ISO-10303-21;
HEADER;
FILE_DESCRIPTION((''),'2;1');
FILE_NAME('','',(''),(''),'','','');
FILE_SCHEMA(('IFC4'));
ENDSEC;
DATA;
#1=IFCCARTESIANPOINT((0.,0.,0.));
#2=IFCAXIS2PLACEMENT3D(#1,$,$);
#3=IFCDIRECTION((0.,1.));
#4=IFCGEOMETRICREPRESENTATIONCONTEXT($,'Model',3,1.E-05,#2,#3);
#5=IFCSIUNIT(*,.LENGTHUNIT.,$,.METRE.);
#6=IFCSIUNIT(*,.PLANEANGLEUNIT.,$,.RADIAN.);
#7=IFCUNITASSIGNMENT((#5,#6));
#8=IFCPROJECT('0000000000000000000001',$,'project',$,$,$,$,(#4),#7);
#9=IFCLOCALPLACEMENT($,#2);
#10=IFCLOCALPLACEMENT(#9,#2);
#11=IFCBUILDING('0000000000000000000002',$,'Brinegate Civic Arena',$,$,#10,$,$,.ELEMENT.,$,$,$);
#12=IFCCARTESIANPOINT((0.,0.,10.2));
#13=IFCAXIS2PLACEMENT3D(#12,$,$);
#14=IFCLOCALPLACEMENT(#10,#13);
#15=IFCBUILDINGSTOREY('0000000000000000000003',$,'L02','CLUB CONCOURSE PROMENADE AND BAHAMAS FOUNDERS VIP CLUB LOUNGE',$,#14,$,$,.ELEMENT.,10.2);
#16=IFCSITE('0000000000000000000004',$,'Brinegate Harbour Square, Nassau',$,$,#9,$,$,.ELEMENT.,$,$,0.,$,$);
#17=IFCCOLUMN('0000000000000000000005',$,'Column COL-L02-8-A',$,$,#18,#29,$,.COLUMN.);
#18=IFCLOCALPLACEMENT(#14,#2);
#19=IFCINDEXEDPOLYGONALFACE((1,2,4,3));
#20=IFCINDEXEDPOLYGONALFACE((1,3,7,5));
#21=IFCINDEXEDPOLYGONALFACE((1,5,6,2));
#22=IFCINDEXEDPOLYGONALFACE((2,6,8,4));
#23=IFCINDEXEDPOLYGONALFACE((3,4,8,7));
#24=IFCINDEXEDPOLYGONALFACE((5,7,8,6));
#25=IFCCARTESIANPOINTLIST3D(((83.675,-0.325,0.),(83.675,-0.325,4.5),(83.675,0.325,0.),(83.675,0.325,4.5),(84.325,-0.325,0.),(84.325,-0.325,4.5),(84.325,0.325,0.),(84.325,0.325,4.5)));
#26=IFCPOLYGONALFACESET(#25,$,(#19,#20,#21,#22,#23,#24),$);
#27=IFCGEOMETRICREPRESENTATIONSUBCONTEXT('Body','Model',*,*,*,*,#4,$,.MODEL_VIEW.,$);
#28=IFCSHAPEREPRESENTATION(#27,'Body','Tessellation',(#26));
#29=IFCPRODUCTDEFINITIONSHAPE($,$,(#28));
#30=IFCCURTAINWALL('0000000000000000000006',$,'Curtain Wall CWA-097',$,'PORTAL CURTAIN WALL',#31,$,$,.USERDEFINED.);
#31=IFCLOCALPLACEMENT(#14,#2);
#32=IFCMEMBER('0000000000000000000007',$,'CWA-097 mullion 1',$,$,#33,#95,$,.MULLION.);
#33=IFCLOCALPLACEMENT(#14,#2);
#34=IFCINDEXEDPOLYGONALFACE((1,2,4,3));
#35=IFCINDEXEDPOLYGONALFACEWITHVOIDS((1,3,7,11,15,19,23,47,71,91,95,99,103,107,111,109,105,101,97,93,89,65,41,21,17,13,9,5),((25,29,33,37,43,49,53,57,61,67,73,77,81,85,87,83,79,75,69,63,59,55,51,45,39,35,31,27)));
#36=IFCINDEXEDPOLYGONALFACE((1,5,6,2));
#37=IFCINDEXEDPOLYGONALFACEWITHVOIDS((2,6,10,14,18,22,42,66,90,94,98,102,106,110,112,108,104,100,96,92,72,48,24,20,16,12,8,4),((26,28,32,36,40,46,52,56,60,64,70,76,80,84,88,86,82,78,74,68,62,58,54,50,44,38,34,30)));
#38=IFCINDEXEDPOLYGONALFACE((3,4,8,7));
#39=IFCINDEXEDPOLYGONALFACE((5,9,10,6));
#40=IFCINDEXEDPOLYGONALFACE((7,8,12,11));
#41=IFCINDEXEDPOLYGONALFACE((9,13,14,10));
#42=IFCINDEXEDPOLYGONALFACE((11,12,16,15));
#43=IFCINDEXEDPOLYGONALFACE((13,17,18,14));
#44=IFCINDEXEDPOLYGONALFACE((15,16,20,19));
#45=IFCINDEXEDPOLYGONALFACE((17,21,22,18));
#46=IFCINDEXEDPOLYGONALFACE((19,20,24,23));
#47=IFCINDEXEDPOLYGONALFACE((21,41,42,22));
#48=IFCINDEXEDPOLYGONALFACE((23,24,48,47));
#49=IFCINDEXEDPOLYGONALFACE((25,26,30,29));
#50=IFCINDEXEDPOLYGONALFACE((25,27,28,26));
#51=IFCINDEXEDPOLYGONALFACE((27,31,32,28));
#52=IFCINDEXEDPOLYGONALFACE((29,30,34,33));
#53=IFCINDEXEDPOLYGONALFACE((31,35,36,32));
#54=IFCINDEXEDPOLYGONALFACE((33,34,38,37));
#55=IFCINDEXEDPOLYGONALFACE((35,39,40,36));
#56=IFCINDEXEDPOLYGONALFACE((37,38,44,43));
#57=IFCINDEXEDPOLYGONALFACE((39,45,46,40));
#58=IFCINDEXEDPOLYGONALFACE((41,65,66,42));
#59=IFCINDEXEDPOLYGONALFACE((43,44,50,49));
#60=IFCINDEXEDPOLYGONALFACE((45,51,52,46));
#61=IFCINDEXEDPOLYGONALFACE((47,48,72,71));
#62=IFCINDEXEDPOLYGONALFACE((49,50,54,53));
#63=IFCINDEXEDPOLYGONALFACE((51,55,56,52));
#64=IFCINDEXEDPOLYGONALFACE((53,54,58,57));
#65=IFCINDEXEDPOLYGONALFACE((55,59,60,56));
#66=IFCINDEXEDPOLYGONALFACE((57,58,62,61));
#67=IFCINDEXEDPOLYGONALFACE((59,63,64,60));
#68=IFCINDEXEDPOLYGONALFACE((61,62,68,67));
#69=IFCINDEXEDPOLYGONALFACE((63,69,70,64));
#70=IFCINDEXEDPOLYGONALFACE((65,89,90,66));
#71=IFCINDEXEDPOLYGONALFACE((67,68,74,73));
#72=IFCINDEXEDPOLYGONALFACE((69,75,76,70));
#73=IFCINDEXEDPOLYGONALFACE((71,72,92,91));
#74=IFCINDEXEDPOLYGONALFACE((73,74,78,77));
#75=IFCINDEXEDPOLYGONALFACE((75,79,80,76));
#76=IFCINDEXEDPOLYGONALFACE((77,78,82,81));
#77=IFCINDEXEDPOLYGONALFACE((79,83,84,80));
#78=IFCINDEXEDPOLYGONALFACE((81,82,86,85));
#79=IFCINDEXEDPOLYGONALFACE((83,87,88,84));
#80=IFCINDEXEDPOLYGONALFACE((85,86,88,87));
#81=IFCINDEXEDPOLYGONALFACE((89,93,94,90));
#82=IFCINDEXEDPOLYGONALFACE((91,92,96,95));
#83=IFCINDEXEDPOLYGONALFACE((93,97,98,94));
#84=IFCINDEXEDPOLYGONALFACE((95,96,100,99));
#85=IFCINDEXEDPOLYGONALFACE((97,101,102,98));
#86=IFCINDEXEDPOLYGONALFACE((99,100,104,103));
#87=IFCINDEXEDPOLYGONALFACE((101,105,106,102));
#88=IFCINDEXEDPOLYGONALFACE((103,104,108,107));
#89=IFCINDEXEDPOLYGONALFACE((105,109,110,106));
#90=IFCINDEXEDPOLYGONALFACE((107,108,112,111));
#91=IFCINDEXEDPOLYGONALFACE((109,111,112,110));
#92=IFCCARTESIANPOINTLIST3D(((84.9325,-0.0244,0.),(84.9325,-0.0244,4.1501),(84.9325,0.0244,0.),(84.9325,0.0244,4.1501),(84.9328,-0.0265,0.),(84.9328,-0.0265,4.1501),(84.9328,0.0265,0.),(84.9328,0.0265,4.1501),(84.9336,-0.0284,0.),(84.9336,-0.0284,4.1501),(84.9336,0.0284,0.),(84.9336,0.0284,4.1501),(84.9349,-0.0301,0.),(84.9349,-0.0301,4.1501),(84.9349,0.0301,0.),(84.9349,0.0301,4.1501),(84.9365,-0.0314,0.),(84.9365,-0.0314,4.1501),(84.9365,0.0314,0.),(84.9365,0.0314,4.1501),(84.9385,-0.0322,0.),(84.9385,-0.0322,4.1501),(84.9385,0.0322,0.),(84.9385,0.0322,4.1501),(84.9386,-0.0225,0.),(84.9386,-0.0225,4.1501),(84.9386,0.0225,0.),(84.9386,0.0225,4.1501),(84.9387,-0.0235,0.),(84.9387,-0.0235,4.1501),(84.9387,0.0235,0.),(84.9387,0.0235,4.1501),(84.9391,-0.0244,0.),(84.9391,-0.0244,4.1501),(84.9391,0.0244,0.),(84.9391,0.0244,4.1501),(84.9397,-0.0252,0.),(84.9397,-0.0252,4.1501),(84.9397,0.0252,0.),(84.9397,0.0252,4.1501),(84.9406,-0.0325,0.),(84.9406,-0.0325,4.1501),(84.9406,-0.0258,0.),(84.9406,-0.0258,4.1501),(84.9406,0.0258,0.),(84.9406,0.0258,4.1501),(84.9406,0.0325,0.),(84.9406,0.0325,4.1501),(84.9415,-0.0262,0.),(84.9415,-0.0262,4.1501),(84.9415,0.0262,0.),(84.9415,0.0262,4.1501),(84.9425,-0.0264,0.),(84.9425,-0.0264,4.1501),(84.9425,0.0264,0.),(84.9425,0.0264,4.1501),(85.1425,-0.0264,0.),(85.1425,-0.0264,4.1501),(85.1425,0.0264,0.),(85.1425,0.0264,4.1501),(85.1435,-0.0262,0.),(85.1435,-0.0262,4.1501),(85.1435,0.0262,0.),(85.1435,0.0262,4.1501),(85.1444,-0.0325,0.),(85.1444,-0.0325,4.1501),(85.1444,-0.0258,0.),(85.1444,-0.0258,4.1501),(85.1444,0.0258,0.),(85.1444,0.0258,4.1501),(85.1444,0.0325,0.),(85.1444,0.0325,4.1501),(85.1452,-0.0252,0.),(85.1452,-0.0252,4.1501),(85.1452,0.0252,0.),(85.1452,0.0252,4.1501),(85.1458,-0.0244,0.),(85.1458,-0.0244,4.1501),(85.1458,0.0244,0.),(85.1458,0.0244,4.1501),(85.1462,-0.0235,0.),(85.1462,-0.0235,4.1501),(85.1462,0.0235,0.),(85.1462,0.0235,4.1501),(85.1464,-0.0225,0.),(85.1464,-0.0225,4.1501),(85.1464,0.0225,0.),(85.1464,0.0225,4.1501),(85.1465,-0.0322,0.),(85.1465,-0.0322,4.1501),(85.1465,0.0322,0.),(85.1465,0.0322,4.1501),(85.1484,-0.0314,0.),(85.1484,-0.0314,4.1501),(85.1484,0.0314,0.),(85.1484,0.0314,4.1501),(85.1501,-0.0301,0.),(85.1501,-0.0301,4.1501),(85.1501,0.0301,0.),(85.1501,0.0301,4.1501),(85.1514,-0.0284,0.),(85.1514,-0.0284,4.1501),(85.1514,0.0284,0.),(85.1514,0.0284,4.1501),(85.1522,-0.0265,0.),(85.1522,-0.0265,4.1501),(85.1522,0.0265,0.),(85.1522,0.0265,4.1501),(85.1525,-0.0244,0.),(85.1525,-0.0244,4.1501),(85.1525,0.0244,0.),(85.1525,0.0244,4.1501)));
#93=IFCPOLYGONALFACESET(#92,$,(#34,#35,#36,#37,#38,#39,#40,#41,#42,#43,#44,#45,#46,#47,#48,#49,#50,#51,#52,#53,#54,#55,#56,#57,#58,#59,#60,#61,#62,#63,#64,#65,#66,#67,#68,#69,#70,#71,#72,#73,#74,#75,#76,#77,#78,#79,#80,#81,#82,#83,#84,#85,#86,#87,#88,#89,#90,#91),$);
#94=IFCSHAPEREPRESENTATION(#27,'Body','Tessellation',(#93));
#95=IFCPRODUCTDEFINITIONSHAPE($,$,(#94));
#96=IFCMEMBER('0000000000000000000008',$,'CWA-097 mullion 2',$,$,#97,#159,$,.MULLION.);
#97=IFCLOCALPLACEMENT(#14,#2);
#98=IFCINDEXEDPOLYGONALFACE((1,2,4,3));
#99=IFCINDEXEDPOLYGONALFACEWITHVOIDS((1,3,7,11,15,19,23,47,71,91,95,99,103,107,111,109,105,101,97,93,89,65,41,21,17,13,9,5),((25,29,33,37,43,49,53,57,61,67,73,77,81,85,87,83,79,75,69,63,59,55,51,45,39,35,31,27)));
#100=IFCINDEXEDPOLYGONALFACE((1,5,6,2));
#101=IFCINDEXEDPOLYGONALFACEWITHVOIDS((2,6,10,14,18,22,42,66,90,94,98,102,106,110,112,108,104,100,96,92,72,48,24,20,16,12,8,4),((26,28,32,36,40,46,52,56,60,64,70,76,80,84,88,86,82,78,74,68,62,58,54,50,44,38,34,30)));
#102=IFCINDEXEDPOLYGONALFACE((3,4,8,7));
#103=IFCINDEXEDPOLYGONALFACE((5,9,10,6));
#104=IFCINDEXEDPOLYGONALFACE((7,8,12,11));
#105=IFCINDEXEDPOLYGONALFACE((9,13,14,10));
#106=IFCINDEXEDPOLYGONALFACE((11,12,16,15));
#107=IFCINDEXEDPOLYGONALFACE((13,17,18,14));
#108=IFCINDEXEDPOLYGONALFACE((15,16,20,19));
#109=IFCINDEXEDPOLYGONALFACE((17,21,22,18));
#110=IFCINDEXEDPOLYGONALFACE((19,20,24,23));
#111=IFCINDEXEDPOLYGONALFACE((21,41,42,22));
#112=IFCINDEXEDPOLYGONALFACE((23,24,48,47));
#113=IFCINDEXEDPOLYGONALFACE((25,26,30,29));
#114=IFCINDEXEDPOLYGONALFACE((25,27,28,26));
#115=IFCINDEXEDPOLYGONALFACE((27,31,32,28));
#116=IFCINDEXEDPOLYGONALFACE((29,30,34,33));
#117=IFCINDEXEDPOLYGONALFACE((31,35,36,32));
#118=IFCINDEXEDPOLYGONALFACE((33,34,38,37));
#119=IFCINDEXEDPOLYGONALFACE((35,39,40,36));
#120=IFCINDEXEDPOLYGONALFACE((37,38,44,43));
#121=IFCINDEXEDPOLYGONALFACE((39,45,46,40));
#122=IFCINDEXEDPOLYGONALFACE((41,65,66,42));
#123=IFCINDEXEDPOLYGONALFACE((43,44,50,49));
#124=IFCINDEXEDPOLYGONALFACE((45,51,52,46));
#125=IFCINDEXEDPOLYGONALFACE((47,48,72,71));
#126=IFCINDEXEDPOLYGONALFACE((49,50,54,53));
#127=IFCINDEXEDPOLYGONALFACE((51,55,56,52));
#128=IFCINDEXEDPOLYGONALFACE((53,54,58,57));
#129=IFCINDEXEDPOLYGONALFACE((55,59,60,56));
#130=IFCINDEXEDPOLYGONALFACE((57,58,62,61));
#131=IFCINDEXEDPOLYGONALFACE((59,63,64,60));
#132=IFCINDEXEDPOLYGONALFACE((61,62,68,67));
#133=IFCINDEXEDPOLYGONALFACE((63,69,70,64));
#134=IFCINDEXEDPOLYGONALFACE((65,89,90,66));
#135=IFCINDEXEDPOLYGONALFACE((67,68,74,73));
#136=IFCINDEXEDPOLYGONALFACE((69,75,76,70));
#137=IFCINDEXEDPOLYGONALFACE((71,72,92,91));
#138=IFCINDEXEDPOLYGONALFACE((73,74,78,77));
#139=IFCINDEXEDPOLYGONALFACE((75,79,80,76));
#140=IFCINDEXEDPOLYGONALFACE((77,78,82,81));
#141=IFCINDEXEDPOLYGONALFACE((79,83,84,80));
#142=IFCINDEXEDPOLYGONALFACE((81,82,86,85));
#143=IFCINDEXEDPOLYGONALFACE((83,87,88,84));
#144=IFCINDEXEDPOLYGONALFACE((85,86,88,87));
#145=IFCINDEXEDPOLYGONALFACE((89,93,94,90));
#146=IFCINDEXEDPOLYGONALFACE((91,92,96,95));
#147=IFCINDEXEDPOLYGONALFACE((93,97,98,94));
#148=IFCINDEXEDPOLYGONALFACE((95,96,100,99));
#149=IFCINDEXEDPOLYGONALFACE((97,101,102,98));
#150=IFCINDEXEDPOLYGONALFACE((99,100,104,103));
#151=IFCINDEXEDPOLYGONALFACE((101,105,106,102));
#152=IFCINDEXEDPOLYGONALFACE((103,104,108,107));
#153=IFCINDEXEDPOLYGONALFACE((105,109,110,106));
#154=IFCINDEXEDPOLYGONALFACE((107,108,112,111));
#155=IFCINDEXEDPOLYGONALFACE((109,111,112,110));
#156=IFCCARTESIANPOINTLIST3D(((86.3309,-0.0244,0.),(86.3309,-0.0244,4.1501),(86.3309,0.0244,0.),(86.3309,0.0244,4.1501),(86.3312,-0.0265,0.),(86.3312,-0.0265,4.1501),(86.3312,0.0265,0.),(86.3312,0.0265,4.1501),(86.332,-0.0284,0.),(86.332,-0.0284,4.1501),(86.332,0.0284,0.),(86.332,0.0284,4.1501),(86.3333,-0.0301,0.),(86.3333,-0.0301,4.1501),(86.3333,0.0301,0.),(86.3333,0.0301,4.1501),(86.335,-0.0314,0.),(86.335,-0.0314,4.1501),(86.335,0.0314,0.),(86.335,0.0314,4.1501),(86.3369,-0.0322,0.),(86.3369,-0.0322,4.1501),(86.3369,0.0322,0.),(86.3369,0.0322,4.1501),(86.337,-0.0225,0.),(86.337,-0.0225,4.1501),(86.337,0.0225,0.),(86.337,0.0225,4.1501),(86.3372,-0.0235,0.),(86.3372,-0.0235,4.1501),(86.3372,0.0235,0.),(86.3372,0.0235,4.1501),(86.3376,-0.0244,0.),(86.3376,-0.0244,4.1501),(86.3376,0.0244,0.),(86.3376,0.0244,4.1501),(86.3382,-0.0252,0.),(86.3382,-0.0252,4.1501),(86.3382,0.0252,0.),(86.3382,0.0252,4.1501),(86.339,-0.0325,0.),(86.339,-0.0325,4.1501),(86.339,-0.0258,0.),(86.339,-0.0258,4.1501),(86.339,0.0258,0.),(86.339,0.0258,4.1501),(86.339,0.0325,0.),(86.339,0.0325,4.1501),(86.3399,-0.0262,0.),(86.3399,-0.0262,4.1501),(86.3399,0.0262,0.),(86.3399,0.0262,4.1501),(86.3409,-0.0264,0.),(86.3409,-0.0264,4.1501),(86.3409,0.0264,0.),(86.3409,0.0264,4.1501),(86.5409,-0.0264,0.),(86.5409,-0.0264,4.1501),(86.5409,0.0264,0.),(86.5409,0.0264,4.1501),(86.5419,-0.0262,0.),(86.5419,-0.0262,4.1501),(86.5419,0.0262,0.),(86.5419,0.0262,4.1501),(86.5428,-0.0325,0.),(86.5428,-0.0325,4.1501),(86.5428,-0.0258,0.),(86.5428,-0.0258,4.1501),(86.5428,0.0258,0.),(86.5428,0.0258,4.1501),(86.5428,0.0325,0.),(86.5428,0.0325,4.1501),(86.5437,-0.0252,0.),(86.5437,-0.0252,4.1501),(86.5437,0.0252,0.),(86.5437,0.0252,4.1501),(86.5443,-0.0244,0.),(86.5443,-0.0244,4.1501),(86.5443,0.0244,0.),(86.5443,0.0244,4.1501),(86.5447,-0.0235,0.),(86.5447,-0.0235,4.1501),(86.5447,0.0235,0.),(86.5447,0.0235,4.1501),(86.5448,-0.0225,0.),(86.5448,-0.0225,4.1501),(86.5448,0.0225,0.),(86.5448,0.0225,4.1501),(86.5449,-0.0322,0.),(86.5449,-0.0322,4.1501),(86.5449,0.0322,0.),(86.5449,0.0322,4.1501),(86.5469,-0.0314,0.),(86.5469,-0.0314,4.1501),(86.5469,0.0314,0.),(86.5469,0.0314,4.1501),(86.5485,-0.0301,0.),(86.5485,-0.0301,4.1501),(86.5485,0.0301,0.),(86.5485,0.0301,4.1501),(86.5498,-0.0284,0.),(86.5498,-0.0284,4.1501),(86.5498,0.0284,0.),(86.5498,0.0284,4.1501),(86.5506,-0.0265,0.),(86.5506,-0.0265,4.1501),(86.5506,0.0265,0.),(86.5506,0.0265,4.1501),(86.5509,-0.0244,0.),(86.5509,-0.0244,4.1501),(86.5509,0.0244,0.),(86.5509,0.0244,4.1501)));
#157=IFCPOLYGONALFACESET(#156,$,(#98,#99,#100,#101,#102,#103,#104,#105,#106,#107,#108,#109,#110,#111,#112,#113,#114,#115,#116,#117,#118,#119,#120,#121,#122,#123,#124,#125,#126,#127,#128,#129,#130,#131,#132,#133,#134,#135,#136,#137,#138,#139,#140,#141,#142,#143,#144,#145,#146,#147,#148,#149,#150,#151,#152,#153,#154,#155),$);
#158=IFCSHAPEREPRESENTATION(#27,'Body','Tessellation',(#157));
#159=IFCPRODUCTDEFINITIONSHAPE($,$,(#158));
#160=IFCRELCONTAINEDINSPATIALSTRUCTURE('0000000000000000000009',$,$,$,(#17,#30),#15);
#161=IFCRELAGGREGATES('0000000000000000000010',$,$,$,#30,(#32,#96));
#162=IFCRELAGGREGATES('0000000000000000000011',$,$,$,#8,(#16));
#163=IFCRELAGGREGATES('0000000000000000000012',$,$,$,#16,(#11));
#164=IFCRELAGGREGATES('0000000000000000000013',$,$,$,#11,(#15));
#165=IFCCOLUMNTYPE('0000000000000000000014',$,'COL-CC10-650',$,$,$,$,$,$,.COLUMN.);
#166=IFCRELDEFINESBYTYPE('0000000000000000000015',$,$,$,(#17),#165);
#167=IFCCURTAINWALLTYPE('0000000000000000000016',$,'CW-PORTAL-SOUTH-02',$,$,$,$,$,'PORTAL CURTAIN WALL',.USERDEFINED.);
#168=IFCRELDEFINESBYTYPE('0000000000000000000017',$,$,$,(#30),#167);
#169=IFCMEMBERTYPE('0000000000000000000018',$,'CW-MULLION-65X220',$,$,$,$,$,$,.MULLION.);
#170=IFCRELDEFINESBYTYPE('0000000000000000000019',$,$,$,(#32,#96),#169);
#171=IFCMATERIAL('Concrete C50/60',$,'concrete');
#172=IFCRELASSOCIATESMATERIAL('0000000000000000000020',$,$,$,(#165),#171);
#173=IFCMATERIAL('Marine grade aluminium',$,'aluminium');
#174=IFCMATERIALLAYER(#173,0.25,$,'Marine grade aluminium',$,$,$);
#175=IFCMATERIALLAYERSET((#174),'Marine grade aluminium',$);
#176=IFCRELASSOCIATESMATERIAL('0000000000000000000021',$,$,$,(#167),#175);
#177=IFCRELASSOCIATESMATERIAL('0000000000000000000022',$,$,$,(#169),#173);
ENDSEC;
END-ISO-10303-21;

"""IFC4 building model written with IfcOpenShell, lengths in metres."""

from ifc_helpers import new_model, si_unit, direction, frame, origin, origin_2d, place, context, subcontext, project, spatial, rectangle, hollow_rectangle, extrude, material, layer, layer_set, material_profile, profile_set, type_object, element, aggregate, save


model = new_model("IFC4")

# Units and contexts
model_context = context("Model", 3, precision=1e-05, world=origin(), true_north=direction((0.0, 1.0)))
body_context = subcontext(model_context, "Body", "Model", "MODEL_VIEW")
ifc_project = project(units=[si_unit("LENGTHUNIT", "METRE"), si_unit("PLANEANGLEUNIT", "RADIAN")], contexts=[model_context])

# Site, building, storey
site_placement = place(None, origin())
site = spatial("IfcSite", under=ifc_project, at=site_placement, Name="Brinegate Harbour Square, Nassau", CompositionType="ELEMENT", RefElevation=0.0)
building_placement = place(site_placement, origin())
building = spatial("IfcBuilding", under=site, at=building_placement, Name="Brinegate Civic Arena", CompositionType="ELEMENT")
storey_placement = place(building_placement, frame((0.0, 0.0, 10.2)))
storey = spatial("IfcBuildingStorey", under=building, at=storey_placement, Name="L02", Description="CLUB CONCOURSE PROMENADE AND BAHAMAS FOUNDERS VIP CLUB LOUNGE", CompositionType="ELEMENT", Elevation=10.2)

# Column
ifc_material_1 = material(Name="Concrete C50/60", Category="concrete")
ifc_material_profile_1 = material_profile(ifc_material_1, rectangle(XDim=0.6499, YDim=0.6499, at=origin_2d()), Name="RC650X650")
ifc_profile_set_1 = profile_set([ifc_material_profile_1], Name="Concrete C50/60")
column_type = type_object("IfcColumnType", Name="COL-CC10-650", PredefinedType="COLUMN", material=ifc_profile_set_1)
column_placement = place(storey_placement, frame((84.0, 0.0, 0.0), z_axis=(0.0, 0.0, 1.0), x_axis=(1.0, 0.0, 0.0)))
element("IfcColumn", 1, at=column_placement, inside=storey, type_object=column_type, Name="Column COL-L02-8-A", PredefinedType="COLUMN", context=body_context, shape_type="SweptSolid", body=[
    extrude(rectangle(XDim=0.6499, YDim=0.6499, at=origin_2d()), origin(), (0.0, 0.0, 1.0), 4.5),
])

# Curtain wall, members
ifc_material_2 = material(Name="Marine grade aluminium", Category="aluminium")
ifc_layer_1 = layer(ifc_material_2, 0.25, Name="Marine grade aluminium")
ifc_layer_set_1 = layer_set([ifc_layer_1], Name="Marine grade aluminium")
curtain_wall_type = type_object("IfcCurtainWallType", Name="CW-PORTAL-SOUTH-02", ElementType="PORTAL CURTAIN WALL", PredefinedType="USERDEFINED", material=ifc_layer_set_1)
curtain_wall_1_placement = place(storey_placement, origin())
curtain_wall_1 = element("IfcCurtainWall", 2, at=curtain_wall_1_placement, inside=storey, type_object=curtain_wall_type, Name="Curtain Wall CWA-097", ObjectType="PORTAL CURTAIN WALL", PredefinedType="USERDEFINED")
ifc_material_profile_2 = material_profile(ifc_material_2, hollow_rectangle(XDim=0.0649, YDim=0.22, WallThickness=0.0061, InnerFilletRadius=0.0039, OuterFilletRadius=0.0081, at=origin_2d()), Name="MUL65X220")
ifc_profile_set_2 = profile_set([ifc_material_profile_2], Name="Marine grade aluminium")
member_type_1 = type_object("IfcMemberType", Name="CW-MULLION-65X220", PredefinedType="MULLION", material=ifc_profile_set_2)
member_1_placement = place(storey_placement, frame((85.0425, 0.0, 0.0), z_axis=(0.0, 0.0, 1.0), x_axis=(0.0, 1.0, 0.0)))
member_1 = element("IfcMember", 3, at=member_1_placement, type_object=member_type_1, Name="CWA-097 mullion 1", PredefinedType="MULLION", context=body_context, shape_type="SweptSolid", body=[
    extrude(hollow_rectangle(XDim=0.0649, YDim=0.22, WallThickness=0.0061, InnerFilletRadius=0.0039, OuterFilletRadius=0.0081, at=origin_2d()), origin(), (0.0, 0.0, 1.0), 4.1501),
])
member_2_placement = place(storey_placement, frame((86.4409, 0.0, 0.0), z_axis=(0.0, 0.0, 1.0), x_axis=(0.0, 1.0, 0.0)))
member_2 = element("IfcMember", 4, at=member_2_placement, type_object=member_type_1, Name="CWA-097 mullion 2", PredefinedType="MULLION", context=body_context, shape_type="SweptSolid", body=[
    extrude(hollow_rectangle(XDim=0.0649, YDim=0.22, WallThickness=0.0061, InnerFilletRadius=0.0039, OuterFilletRadius=0.0081, at=origin_2d()), origin(), (0.0, 0.0, 1.0), 4.1501),
])

aggregate(curtain_wall_1, [member_1, member_2])

save(model, "model.ifc")
